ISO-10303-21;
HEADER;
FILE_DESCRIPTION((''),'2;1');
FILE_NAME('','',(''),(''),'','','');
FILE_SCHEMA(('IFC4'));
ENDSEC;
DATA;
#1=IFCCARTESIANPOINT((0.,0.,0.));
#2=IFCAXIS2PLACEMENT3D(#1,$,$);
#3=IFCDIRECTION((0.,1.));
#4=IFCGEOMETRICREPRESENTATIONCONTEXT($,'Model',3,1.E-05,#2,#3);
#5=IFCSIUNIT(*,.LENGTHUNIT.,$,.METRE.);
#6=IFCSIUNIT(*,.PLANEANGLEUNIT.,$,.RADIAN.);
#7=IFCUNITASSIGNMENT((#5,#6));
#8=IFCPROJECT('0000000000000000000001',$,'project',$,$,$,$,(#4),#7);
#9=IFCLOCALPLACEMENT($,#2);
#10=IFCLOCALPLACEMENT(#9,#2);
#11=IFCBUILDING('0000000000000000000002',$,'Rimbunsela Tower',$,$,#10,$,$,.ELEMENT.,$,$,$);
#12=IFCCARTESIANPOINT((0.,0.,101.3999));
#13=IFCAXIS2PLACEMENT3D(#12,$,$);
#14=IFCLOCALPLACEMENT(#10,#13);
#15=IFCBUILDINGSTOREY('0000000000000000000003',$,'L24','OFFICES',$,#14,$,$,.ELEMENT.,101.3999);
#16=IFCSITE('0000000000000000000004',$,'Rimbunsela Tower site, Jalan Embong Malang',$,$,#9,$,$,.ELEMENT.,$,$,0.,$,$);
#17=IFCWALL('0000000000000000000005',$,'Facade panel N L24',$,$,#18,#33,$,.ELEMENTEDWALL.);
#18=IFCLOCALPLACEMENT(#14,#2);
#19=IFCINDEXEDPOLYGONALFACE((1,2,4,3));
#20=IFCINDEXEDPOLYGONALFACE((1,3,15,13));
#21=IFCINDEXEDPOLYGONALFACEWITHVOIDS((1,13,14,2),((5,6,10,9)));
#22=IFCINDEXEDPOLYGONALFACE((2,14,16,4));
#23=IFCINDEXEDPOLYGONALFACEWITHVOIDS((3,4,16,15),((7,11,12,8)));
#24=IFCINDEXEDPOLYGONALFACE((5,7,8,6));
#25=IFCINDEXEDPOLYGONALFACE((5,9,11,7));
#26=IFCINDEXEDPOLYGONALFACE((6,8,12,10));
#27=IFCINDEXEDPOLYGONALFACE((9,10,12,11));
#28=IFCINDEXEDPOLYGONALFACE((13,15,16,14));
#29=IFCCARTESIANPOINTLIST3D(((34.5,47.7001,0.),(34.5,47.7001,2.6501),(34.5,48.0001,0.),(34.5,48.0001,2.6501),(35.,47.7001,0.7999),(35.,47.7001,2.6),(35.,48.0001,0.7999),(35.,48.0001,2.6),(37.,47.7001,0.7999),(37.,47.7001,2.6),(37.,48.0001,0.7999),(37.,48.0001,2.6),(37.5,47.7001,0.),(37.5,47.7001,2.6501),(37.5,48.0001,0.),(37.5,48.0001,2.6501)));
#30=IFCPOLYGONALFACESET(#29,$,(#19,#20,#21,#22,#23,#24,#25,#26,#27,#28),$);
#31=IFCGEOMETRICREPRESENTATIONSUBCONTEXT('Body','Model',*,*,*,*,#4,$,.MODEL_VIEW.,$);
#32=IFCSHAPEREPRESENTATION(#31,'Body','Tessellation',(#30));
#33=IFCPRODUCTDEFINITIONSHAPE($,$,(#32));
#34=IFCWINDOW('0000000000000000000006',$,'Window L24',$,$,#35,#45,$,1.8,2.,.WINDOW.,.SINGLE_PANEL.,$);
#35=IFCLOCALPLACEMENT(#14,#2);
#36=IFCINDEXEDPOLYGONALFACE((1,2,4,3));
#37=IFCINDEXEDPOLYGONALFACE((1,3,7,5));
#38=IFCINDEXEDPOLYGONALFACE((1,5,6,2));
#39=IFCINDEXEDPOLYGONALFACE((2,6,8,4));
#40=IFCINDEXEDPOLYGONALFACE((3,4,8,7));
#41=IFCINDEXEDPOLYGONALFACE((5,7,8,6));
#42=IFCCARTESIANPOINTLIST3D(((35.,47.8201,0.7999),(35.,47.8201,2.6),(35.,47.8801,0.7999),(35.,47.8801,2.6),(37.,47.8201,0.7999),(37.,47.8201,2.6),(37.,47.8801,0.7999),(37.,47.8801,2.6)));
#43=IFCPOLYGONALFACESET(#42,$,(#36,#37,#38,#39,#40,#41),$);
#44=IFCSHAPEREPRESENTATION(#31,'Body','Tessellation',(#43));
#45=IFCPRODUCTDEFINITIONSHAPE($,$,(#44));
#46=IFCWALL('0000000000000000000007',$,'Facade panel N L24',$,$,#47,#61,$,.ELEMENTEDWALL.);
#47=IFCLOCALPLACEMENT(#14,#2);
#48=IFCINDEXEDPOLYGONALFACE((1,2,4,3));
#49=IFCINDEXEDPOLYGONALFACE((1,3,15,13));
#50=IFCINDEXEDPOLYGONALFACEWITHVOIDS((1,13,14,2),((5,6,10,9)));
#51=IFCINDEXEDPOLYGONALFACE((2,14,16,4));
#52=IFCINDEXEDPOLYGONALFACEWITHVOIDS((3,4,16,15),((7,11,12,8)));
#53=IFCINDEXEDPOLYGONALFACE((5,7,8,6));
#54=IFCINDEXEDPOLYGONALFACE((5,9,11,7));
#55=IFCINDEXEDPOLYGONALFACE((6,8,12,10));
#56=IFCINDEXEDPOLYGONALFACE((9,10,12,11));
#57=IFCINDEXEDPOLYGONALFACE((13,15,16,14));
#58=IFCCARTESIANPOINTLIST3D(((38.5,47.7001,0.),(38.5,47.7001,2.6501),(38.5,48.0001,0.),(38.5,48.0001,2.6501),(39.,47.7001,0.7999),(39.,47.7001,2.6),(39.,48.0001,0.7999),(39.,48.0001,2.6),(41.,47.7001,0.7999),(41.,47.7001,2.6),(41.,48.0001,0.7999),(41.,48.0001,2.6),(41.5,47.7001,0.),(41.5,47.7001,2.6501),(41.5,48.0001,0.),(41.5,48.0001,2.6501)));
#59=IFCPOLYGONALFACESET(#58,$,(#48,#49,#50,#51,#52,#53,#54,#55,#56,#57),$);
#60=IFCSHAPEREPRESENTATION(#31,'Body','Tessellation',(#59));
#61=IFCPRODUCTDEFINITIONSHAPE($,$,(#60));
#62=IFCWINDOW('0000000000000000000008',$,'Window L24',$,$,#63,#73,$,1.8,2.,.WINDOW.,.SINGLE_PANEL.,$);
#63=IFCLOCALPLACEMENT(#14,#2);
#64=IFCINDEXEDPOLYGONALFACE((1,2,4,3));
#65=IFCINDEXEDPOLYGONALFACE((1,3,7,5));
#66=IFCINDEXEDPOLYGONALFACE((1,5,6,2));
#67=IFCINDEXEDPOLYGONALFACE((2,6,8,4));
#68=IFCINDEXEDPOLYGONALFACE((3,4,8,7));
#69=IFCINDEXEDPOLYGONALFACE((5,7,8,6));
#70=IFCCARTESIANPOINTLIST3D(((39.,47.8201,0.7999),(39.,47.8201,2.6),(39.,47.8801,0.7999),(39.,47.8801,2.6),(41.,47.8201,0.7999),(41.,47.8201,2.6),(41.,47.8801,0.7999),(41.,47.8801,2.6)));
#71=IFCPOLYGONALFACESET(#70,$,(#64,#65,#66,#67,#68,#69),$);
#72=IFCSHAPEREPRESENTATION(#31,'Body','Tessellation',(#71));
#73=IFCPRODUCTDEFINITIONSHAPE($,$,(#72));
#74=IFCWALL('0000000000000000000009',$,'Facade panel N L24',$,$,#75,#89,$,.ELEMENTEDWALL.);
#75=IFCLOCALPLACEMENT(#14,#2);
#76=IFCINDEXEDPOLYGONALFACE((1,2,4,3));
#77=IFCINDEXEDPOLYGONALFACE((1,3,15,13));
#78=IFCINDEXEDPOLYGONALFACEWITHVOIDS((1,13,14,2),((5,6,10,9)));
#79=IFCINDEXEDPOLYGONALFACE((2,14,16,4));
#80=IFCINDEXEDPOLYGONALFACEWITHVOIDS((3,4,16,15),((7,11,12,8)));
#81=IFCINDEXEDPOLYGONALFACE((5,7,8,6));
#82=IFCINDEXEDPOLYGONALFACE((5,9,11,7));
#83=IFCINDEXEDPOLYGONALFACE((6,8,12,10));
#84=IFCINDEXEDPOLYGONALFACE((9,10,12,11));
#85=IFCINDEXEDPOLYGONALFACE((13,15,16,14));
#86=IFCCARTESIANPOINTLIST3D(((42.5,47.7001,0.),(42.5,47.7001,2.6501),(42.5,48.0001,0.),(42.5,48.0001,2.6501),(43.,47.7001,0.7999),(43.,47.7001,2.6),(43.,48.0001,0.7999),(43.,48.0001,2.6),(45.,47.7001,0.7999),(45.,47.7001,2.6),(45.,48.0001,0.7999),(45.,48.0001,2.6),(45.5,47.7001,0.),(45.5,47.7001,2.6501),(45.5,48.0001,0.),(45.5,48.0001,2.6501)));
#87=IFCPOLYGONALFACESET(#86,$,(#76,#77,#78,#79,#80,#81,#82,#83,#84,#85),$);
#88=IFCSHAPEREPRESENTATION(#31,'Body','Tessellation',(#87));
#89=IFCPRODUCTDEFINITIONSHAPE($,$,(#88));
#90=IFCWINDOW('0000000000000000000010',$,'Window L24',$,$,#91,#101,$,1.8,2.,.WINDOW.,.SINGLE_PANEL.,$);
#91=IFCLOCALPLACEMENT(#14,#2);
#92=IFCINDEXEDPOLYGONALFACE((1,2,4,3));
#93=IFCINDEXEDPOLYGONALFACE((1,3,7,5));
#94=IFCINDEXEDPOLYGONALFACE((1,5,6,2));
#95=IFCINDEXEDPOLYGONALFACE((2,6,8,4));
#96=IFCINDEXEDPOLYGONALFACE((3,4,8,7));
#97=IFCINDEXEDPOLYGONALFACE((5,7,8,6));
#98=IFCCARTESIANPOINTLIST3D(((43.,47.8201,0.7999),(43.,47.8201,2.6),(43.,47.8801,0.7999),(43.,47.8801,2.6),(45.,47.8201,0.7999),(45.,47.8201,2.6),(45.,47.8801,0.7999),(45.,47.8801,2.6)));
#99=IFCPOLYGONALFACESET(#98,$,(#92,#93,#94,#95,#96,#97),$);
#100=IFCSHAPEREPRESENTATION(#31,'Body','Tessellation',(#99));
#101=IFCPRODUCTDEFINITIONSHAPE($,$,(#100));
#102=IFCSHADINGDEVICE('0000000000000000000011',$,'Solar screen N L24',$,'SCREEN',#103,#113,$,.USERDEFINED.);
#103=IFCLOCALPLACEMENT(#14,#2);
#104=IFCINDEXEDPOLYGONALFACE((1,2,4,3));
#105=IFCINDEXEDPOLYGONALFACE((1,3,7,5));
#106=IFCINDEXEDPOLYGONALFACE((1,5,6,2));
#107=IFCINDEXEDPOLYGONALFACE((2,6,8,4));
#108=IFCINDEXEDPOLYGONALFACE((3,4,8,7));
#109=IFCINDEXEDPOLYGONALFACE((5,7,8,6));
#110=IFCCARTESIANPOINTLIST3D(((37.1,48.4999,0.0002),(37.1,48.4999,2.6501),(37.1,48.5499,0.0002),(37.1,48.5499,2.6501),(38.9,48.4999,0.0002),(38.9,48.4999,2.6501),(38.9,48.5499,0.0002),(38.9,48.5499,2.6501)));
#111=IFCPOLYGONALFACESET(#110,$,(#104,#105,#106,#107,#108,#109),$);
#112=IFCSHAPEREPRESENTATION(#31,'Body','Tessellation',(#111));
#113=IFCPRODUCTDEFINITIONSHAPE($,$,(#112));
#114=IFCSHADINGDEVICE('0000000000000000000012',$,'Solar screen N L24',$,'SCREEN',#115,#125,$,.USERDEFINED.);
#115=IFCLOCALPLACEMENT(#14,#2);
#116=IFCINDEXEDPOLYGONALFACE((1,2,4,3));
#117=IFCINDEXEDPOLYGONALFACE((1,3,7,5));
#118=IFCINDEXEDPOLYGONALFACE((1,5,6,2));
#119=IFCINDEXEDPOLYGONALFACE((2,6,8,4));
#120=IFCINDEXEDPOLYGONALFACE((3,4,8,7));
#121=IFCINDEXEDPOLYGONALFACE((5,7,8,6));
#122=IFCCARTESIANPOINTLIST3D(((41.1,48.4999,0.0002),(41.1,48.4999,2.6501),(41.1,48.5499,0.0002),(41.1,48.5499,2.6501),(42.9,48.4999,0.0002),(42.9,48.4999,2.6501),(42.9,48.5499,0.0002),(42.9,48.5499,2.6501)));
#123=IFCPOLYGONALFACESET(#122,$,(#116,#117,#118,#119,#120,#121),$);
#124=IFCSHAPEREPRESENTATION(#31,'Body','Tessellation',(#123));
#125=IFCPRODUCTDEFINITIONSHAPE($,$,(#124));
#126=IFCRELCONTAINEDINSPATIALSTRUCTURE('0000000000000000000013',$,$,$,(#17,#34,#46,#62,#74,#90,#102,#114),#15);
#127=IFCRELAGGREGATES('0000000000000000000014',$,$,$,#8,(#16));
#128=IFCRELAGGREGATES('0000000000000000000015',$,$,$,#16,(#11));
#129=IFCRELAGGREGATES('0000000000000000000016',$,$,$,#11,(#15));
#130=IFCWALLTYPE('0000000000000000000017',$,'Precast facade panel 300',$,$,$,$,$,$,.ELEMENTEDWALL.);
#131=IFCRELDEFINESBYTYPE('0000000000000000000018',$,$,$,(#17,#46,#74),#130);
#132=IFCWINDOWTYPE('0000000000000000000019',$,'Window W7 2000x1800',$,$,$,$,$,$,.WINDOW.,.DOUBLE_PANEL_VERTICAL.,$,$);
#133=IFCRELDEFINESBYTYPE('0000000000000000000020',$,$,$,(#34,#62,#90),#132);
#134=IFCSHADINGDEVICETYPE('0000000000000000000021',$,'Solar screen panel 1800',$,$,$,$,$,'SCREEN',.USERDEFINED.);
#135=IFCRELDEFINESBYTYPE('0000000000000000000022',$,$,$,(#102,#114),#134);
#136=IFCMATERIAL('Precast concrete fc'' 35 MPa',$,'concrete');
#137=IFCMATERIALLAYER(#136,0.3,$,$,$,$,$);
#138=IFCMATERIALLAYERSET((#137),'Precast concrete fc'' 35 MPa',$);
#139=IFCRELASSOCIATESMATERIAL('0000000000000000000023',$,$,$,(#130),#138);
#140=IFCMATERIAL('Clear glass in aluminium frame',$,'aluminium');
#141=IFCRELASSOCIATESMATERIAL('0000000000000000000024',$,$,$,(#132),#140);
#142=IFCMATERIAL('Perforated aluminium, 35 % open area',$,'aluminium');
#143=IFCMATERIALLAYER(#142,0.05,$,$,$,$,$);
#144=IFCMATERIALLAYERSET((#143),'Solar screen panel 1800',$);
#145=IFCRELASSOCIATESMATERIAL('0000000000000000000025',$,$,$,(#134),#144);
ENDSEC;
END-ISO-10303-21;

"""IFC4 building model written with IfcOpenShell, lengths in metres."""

from ifc_helpers import new_model, si_unit, direction, frame, frame_2d, origin, origin_2d, place, context, subcontext, project, spatial, rectangle, extrude, material, layer, layer_set, type_object, element, fill, save


model = new_model("IFC4")

# Units and contexts
model_context = context("Model", 3, precision=1e-05, world=origin(), true_north=direction((0.0, 1.0)))
body_context = subcontext(model_context, "Body", "Model", "MODEL_VIEW")
ifc_project = project(units=[si_unit("LENGTHUNIT", "METRE"), si_unit("PLANEANGLEUNIT", "RADIAN")], contexts=[model_context])

# Site, building, storey
site_placement = place(None, origin())
site = spatial("IfcSite", under=ifc_project, at=site_placement, Name="Rimbunsela Tower site, Jalan Embong Malang", CompositionType="ELEMENT", RefElevation=0.0)
building_placement = place(site_placement, origin())
building = spatial("IfcBuilding", under=site, at=building_placement, Name="Rimbunsela Tower", CompositionType="ELEMENT")
storey_placement = place(building_placement, frame((0.0, 0.0, 101.3999)))
storey = spatial("IfcBuildingStorey", under=building, at=storey_placement, Name="L24", Description="OFFICES", CompositionType="ELEMENT", Elevation=101.3999)

# Walls, openings, windows
ifc_material_1 = material(Name="Precast concrete fc' 35 MPa", Category="concrete")
ifc_layer_1 = layer(ifc_material_1, 0.3)
ifc_layer_set_1 = layer_set([ifc_layer_1], Name="Precast concrete fc' 35 MPa")
wall_type_1 = type_object("IfcWallType", Name="Precast facade panel 300", PredefinedType="ELEMENTEDWALL", material=ifc_layer_set_1)
wall_1_placement = place(storey_placement, frame((37.5, 47.8501, 0.0), z_axis=(0.0, 0.0, 1.0), x_axis=(-1.0, 0.0, 0.0)))
wall_1 = element("IfcWall", 1, at=wall_1_placement, inside=storey, type_object=wall_type_1, Name="Facade panel N L24", PredefinedType="ELEMENTEDWALL", context=body_context, shape_type="SweptSolid", body=[
    extrude(rectangle(XDim=3.0, YDim=0.3, at=frame_2d((1.5, 0.0))), origin(), (0.0, 0.0, 1.0), 2.6501),
])
opening_1_placement = place(wall_1_placement, frame((0.5, 0.0, 0.8)))
opening_1 = element("IfcOpeningElement", 2, at=opening_1_placement, cuts=wall_1, PredefinedType="OPENING", context=body_context, shape_type="SweptSolid", body=[
    extrude(rectangle(XDim=2.0, YDim=1.8, at=frame_2d((1.0, 0.8999))), frame((0.0, 0.1599, 0.0), z_axis=(0.0, -1.0, 0.0), x_axis=(1.0, 0.0, 0.0)), (0.0, 0.0, 1.0), 0.3201),
])
ifc_material_2 = material(Name="Clear glass in aluminium frame", Category="aluminium")
window_type = type_object("IfcWindowType", Name="Window W7 2000x1800", PartitioningType="DOUBLE_PANEL_VERTICAL", PredefinedType="WINDOW", material=ifc_material_2)
window_1_placement = place(opening_1_placement, origin())
window_1 = element("IfcWindow", 3, at=window_1_placement, inside=storey, type_object=window_type, Name="Window L24", OverallHeight=1.8, OverallWidth=2.0, PartitioningType="SINGLE_PANEL", PredefinedType="WINDOW", context=body_context, shape_type="SweptSolid", body=[
    extrude(rectangle(XDim=2.0, YDim=1.8, at=frame_2d((1.0, 0.8999))), frame((0.0, 0.03, 0.0), z_axis=(0.0, -1.0, 0.0), x_axis=(1.0, 0.0, 0.0)), (0.0, 0.0, 1.0), 0.0601),
])
fill(opening_1, window_1)
wall_2_placement = place(storey_placement, frame((41.5, 47.8501, 0.0), z_axis=(0.0, 0.0, 1.0), x_axis=(-1.0, 0.0, 0.0)))
wall_2 = element("IfcWall", 4, at=wall_2_placement, inside=storey, type_object=wall_type_1, Name="Facade panel N L24", PredefinedType="ELEMENTEDWALL", context=body_context, shape_type="SweptSolid", body=[
    extrude(rectangle(XDim=3.0, YDim=0.3, at=frame_2d((1.5, 0.0))), origin(), (0.0, 0.0, 1.0), 2.6501),
])
opening_2_placement = place(wall_2_placement, frame((0.5, 0.0, 0.8)))
opening_2 = element("IfcOpeningElement", 5, at=opening_2_placement, cuts=wall_2, PredefinedType="OPENING", context=body_context, shape_type="SweptSolid", body=[
    extrude(rectangle(XDim=2.0, YDim=1.8, at=frame_2d((1.0, 0.8999))), frame((0.0, 0.1599, 0.0), z_axis=(0.0, -1.0, 0.0), x_axis=(1.0, 0.0, 0.0)), (0.0, 0.0, 1.0), 0.3201),
])
window_2_placement = place(opening_2_placement, origin())
window_2 = element("IfcWindow", 6, at=window_2_placement, inside=storey, type_object=window_type, Name="Window L24", OverallHeight=1.8, OverallWidth=2.0, PartitioningType="SINGLE_PANEL", PredefinedType="WINDOW", context=body_context, shape_type="SweptSolid", body=[
    extrude(rectangle(XDim=2.0, YDim=1.8, at=frame_2d((1.0, 0.8999))), frame((0.0, 0.03, 0.0), z_axis=(0.0, -1.0, 0.0), x_axis=(1.0, 0.0, 0.0)), (0.0, 0.0, 1.0), 0.0601),
])
fill(opening_2, window_2)
wall_3_placement = place(storey_placement, frame((45.5, 47.8501, 0.0), z_axis=(0.0, 0.0, 1.0), x_axis=(-1.0, 0.0, 0.0)))
wall_3 = element("IfcWall", 7, at=wall_3_placement, inside=storey, type_object=wall_type_1, Name="Facade panel N L24", PredefinedType="ELEMENTEDWALL", context=body_context, shape_type="SweptSolid", body=[
    extrude(rectangle(XDim=3.0, YDim=0.3, at=frame_2d((1.5, 0.0))), origin(), (0.0, 0.0, 1.0), 2.6501),
])
opening_3_placement = place(wall_3_placement, frame((0.5, 0.0, 0.8)))
opening_3 = element("IfcOpeningElement", 8, at=opening_3_placement, cuts=wall_3, PredefinedType="OPENING", context=body_context, shape_type="SweptSolid", body=[
    extrude(rectangle(XDim=2.0, YDim=1.8, at=frame_2d((1.0, 0.8999))), frame((0.0, 0.1599, 0.0), z_axis=(0.0, -1.0, 0.0), x_axis=(1.0, 0.0, 0.0)), (0.0, 0.0, 1.0), 0.3201),
])
window_3_placement = place(opening_3_placement, origin())
window_3 = element("IfcWindow", 9, at=window_3_placement, inside=storey, type_object=window_type, Name="Window L24", OverallHeight=1.8, OverallWidth=2.0, PartitioningType="SINGLE_PANEL", PredefinedType="WINDOW", context=body_context, shape_type="SweptSolid", body=[
    extrude(rectangle(XDim=2.0, YDim=1.8, at=frame_2d((1.0, 0.8999))), frame((0.0, 0.03, 0.0), z_axis=(0.0, -1.0, 0.0), x_axis=(1.0, 0.0, 0.0)), (0.0, 0.0, 1.0), 0.0601),
])
fill(opening_3, window_3)

# Shading devices
ifc_material_3 = material(Name="Perforated aluminium, 35 % open area", Category="aluminium")
ifc_layer_2 = layer(ifc_material_3, 0.05)
ifc_layer_set_2 = layer_set([ifc_layer_2], Name="Solar screen panel 1800")
shading_device_type = type_object("IfcShadingDeviceType", Name="Solar screen panel 1800", ElementType="SCREEN", PredefinedType="USERDEFINED", material=ifc_layer_set_2)
for number, where, z_axis, x_axis, name in (
    (10, (38.0, 48.5249, 0.0002), (0.0, 0.0, 1.0), (1.0, 0.0, 0.0), "Solar screen N L24"),
    (11, (42.0, 48.5249, 0.0002), (0.0, 0.0, 1.0), (1.0, 0.0, 0.0), "Solar screen N L24"),
):
    element("IfcShadingDevice", number, at=place(storey_placement, frame(where, z_axis=z_axis, x_axis=x_axis)), inside=storey, type_object=shading_device_type, Name=name, ObjectType="SCREEN", PredefinedType="USERDEFINED", context=body_context, shape_type="SweptSolid", body=[
        extrude(rectangle(XDim=1.8, YDim=0.05, at=origin_2d()), origin(), (0.0, 0.0, 1.0), 2.6499),
    ])

save(model, "model.ifc")
